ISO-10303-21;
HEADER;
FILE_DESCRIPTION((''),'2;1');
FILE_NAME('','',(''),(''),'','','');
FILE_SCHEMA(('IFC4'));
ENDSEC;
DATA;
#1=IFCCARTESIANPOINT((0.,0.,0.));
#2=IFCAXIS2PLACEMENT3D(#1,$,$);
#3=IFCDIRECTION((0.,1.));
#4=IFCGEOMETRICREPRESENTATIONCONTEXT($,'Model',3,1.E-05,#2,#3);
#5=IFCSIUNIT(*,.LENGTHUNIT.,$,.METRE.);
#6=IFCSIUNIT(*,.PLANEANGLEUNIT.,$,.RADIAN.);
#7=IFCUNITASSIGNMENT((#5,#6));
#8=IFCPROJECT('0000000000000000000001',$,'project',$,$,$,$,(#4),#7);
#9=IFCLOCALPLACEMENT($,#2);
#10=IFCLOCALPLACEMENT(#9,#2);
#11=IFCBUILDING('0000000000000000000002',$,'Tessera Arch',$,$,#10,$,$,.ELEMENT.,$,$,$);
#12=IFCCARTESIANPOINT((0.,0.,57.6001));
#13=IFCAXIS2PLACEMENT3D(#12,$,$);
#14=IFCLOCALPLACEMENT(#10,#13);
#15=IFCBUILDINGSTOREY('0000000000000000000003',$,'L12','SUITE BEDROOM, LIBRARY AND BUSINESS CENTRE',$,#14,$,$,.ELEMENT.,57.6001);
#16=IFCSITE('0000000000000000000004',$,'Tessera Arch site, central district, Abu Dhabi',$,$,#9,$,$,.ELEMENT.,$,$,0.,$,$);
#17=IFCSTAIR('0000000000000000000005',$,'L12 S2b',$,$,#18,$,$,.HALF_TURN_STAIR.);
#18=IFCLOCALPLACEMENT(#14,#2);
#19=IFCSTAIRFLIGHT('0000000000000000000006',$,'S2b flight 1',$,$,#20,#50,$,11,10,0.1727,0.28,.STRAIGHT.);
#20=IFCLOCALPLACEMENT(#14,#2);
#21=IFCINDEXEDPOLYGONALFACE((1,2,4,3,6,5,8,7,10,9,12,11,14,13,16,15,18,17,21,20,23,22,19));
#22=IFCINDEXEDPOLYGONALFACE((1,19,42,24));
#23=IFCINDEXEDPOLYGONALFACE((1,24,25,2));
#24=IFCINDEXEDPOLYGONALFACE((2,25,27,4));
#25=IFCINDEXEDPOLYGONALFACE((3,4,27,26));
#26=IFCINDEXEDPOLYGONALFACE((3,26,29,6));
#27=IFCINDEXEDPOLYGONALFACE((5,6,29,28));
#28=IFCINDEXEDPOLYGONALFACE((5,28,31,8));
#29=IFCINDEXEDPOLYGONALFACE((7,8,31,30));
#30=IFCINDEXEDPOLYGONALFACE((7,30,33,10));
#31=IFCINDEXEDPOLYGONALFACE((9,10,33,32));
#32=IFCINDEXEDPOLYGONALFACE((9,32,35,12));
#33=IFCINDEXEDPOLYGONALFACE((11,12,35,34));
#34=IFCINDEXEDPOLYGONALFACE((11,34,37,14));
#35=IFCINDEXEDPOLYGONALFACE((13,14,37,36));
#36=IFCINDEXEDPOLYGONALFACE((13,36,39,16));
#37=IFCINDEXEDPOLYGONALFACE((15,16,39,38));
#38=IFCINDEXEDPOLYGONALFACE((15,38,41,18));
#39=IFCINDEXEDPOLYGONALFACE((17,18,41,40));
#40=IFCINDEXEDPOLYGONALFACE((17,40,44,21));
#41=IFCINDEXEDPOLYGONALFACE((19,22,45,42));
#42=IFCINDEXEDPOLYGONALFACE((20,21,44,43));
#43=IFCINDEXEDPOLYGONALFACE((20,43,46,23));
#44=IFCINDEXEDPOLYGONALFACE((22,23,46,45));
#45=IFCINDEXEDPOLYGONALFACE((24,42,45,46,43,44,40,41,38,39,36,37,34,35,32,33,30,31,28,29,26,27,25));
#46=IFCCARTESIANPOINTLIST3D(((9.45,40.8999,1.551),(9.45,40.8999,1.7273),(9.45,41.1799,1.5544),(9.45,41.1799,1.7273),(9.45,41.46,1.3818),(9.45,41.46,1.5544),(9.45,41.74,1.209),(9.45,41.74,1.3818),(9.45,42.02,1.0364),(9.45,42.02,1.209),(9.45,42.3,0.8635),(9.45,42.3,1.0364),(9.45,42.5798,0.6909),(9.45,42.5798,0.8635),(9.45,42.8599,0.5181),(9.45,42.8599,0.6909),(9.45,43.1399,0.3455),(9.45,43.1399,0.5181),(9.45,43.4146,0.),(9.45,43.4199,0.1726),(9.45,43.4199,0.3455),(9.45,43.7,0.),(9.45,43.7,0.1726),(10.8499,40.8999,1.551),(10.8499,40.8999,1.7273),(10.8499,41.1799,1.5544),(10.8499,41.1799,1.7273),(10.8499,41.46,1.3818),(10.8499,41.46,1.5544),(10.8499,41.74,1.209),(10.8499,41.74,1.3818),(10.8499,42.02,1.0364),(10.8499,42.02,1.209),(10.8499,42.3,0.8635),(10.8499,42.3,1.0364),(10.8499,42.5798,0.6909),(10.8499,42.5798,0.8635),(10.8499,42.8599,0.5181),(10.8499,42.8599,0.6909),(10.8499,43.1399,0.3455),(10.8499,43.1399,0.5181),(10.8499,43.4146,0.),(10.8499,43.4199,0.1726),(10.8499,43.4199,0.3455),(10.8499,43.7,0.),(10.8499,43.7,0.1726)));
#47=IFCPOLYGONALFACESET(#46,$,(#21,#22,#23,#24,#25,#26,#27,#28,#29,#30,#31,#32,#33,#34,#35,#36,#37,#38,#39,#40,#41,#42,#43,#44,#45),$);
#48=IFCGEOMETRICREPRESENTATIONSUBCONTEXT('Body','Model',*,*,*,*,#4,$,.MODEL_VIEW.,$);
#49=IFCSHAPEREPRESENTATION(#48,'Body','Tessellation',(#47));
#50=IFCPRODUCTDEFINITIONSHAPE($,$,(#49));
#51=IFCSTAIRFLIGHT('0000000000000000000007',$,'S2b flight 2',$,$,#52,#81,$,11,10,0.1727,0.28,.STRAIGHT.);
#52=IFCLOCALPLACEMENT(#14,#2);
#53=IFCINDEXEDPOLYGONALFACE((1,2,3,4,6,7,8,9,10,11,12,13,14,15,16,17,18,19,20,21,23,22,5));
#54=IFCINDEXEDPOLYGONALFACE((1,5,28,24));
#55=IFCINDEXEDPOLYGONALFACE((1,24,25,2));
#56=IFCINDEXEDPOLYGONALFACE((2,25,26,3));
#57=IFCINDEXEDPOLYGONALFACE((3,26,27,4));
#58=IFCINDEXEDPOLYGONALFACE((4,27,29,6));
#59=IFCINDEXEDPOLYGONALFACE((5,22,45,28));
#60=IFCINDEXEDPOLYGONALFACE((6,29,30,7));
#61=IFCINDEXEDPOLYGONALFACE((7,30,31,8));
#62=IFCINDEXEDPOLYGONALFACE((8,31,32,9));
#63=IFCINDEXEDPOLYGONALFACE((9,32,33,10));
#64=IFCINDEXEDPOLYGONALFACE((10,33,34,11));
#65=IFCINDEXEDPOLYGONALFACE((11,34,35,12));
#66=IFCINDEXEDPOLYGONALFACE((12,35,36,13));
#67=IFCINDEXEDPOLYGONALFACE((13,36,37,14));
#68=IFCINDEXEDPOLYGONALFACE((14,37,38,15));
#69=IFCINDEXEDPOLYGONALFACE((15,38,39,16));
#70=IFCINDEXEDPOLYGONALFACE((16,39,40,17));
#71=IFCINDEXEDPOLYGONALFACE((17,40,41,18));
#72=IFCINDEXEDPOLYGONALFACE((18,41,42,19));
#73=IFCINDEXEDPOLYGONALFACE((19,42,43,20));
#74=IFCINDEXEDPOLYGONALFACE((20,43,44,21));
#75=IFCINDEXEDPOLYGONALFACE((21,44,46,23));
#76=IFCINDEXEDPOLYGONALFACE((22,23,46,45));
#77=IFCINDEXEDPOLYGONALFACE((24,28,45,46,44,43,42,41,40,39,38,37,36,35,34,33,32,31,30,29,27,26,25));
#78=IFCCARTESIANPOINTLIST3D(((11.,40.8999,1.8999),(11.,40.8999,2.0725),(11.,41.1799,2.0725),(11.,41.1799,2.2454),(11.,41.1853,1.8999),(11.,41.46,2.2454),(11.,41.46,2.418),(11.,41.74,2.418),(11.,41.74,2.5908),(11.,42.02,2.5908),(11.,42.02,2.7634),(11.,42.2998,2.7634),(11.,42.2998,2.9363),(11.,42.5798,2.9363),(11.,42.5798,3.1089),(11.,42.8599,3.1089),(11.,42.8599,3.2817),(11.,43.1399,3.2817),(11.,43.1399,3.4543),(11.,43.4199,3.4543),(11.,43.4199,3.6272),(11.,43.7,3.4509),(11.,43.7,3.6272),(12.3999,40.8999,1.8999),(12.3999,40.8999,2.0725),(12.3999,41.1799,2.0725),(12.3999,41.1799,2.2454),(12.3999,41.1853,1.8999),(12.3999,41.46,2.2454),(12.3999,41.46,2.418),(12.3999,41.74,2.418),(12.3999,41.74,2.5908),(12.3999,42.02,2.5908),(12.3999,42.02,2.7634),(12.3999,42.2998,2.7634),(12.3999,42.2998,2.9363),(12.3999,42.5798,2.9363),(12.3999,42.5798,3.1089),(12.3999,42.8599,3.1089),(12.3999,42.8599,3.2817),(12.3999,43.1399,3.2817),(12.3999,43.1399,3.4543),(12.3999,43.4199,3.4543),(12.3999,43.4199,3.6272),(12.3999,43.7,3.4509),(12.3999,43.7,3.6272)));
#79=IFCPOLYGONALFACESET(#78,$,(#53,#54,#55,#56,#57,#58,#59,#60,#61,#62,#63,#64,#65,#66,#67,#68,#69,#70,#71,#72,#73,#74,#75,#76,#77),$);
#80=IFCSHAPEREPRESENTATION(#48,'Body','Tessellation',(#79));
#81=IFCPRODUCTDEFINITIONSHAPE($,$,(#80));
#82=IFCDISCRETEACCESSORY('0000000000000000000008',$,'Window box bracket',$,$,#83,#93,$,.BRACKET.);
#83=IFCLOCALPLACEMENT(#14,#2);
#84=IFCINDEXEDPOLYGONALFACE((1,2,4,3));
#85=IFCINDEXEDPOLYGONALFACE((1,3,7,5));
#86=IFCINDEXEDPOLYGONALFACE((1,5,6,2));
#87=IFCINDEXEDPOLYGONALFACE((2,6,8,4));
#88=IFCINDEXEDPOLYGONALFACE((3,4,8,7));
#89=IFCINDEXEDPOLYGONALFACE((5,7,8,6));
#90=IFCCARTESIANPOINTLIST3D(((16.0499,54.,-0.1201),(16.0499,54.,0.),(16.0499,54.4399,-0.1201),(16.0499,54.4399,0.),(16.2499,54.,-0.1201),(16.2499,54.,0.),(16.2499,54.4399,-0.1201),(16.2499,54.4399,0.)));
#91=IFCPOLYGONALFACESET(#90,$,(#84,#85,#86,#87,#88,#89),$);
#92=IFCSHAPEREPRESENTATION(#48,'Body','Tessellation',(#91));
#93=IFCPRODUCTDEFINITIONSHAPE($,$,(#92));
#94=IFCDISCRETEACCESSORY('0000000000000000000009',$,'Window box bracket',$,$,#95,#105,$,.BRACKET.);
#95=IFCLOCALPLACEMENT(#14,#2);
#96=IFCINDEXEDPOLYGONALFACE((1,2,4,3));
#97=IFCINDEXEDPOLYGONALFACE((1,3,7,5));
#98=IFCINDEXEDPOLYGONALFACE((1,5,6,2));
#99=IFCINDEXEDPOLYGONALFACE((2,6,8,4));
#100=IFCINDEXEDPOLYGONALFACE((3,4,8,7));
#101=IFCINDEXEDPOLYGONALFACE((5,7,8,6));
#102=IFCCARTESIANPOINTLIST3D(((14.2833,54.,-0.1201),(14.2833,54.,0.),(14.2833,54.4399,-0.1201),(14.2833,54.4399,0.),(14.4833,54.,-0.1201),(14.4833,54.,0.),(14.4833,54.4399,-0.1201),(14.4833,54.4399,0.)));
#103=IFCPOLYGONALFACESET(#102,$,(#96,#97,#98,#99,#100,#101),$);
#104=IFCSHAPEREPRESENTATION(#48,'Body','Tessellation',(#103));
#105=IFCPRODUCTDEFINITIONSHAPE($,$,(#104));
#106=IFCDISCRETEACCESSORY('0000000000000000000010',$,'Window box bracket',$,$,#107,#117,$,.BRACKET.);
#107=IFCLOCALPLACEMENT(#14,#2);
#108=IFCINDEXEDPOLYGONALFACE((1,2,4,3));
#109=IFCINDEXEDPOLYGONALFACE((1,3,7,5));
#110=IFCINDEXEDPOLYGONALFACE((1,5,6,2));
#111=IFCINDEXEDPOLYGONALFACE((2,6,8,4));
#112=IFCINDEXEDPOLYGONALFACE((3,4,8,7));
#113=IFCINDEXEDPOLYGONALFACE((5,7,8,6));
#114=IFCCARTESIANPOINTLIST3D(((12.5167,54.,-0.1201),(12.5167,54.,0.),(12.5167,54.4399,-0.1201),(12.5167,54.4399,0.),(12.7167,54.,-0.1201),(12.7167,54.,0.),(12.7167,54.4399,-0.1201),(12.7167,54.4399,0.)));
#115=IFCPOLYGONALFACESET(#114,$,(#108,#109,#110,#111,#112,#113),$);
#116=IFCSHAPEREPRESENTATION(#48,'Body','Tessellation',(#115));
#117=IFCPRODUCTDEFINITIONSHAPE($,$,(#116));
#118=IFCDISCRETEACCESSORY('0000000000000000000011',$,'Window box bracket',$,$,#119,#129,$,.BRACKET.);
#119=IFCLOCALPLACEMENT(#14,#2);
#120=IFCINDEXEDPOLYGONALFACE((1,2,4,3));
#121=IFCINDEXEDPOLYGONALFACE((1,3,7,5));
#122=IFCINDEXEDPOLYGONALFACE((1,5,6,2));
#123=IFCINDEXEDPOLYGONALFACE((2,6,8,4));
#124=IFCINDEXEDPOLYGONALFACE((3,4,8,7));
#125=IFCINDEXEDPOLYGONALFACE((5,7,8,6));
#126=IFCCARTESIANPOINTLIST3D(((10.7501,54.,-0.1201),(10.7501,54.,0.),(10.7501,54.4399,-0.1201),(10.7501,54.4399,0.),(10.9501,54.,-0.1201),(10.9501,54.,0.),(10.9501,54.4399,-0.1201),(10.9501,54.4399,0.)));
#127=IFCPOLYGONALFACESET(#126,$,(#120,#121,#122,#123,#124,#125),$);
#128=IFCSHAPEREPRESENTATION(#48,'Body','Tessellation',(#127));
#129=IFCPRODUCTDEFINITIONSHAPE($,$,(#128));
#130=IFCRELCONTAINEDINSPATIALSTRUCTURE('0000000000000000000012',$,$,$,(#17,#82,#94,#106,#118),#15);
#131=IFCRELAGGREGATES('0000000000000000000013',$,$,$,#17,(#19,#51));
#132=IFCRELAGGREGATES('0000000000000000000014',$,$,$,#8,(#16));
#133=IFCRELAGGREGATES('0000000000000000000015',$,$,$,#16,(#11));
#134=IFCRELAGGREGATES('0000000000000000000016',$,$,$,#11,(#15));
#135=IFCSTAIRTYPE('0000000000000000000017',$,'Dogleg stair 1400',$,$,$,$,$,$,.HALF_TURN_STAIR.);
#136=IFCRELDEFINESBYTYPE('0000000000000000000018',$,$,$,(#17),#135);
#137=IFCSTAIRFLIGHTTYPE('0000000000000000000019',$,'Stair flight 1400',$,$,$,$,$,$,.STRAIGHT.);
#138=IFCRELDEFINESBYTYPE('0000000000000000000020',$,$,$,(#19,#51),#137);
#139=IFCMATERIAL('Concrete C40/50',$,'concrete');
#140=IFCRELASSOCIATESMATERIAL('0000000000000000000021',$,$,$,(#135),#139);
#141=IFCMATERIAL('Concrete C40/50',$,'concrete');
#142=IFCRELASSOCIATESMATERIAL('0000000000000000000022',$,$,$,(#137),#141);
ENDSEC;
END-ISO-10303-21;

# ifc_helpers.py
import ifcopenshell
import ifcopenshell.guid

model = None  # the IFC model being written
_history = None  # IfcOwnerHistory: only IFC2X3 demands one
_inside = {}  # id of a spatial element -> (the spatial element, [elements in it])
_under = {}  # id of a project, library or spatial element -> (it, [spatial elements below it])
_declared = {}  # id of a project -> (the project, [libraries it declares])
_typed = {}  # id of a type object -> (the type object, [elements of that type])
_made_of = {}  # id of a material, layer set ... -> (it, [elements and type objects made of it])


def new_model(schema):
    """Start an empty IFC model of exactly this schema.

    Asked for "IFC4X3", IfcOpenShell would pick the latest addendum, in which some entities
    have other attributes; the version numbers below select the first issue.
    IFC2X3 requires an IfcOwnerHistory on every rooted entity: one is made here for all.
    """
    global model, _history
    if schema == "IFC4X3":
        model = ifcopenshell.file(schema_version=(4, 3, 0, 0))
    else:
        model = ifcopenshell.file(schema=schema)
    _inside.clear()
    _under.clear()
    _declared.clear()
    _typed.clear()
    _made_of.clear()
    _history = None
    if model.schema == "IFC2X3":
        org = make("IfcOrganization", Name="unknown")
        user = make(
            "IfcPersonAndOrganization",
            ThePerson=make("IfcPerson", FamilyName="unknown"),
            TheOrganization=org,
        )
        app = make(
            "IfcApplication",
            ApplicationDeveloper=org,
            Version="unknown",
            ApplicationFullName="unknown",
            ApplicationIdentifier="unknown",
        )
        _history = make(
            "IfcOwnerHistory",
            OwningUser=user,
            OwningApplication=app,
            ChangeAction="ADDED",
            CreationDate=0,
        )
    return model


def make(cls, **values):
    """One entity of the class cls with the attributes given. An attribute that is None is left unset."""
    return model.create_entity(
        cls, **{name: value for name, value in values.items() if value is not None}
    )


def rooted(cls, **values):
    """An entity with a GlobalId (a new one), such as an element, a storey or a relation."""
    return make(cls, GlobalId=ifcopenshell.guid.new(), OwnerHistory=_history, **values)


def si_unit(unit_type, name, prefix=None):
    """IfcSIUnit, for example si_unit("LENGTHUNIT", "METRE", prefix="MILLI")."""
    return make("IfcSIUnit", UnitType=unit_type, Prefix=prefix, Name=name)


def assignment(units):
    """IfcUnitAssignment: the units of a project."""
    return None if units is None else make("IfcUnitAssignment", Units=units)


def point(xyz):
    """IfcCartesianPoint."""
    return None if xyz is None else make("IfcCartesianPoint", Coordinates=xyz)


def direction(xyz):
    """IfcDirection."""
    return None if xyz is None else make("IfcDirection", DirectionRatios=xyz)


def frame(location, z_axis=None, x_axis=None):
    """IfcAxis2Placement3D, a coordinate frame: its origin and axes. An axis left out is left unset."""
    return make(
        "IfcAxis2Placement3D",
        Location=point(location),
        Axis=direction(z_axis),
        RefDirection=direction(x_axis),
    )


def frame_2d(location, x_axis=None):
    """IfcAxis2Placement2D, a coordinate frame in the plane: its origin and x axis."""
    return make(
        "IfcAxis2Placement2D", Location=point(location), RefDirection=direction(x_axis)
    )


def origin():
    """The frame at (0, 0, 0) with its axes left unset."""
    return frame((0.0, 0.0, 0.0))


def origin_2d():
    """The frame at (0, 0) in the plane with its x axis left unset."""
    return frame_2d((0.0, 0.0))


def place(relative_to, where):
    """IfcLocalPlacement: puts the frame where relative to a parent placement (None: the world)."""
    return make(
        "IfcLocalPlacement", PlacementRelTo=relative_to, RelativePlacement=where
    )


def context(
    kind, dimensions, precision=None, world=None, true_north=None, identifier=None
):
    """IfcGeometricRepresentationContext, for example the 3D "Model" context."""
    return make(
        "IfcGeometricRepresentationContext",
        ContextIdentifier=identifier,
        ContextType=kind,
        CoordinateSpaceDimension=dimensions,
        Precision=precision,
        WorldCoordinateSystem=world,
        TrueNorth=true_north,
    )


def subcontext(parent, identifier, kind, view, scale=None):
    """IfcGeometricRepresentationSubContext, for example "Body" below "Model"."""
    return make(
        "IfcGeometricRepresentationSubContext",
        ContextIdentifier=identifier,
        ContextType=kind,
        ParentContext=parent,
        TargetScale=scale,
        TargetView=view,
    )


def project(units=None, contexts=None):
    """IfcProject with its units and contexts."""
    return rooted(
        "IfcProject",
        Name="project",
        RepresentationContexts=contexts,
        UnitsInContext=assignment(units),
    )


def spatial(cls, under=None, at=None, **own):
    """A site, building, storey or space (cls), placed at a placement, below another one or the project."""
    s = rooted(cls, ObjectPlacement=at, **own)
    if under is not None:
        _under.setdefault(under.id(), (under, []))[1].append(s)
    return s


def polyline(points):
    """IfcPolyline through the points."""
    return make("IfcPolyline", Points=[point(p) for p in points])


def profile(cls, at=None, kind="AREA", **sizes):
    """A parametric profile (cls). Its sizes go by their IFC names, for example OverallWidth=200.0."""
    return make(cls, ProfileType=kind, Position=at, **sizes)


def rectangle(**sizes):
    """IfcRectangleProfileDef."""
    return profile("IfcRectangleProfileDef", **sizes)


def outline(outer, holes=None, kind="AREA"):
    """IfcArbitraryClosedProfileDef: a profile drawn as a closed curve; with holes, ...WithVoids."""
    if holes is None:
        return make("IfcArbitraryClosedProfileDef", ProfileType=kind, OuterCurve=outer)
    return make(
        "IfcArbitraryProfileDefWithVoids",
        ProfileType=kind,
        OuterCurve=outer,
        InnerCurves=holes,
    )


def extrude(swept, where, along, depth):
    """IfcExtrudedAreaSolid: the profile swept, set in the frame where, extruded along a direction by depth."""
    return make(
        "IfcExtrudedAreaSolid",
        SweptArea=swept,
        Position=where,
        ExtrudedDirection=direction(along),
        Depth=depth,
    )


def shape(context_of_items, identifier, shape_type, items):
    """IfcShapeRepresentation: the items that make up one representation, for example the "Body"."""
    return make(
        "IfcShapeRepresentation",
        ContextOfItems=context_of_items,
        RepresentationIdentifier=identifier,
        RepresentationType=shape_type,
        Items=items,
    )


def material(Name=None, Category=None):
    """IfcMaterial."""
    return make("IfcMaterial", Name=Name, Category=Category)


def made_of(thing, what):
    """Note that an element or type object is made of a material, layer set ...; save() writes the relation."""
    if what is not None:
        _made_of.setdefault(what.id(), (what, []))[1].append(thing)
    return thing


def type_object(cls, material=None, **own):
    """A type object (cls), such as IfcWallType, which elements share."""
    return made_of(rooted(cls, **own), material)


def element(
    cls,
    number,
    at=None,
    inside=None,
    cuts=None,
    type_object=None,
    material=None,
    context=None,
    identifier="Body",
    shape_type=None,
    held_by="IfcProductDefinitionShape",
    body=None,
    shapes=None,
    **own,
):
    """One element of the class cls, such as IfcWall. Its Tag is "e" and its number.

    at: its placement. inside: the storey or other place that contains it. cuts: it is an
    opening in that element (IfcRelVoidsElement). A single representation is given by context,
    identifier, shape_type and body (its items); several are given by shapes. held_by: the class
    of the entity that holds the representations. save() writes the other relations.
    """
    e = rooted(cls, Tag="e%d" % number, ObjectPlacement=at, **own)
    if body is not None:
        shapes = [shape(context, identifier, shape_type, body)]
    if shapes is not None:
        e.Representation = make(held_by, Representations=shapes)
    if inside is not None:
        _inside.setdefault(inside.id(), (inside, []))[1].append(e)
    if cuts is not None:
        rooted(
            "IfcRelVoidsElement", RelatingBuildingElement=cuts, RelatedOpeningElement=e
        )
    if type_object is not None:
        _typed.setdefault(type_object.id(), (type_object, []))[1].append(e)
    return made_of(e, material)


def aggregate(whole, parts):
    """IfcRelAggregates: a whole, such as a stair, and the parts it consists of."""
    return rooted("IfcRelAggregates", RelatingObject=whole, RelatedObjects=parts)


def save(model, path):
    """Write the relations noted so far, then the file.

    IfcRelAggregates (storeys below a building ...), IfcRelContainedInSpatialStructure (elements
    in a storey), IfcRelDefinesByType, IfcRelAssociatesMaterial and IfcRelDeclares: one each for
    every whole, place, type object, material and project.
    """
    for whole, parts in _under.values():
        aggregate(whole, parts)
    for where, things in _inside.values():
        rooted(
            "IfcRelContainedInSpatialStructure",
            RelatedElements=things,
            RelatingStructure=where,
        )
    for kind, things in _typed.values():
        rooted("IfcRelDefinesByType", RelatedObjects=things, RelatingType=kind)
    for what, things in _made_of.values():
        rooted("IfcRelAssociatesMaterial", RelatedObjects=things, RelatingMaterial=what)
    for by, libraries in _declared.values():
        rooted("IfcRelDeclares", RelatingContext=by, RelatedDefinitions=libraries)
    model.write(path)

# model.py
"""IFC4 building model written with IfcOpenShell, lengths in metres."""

from ifc_helpers import new_model, si_unit, direction, frame, origin, origin_2d, place, context, subcontext, project, spatial, polyline, rectangle, outline, extrude, material, type_object, element, aggregate, save


model = new_model("IFC4")

# Units and contexts
model_context = context("Model", 3, precision=1e-05, world=origin(), true_north=direction((0.0, 1.0)))
body_context = subcontext(model_context, "Body", "Model", "MODEL_VIEW")
ifc_project = project(units=[si_unit("LENGTHUNIT", "METRE"), si_unit("PLANEANGLEUNIT", "RADIAN")], contexts=[model_context])

# Site, building, storey
site_placement = place(None, origin())
site = spatial("IfcSite", under=ifc_project, at=site_placement, Name="Tessera Arch site, central district, Abu Dhabi", CompositionType="ELEMENT", RefElevation=0.0)
building_placement = place(site_placement, origin())
building = spatial("IfcBuilding", under=site, at=building_placement, Name="Tessera Arch", CompositionType="ELEMENT")
storey_placement = place(building_placement, frame((0.0, 0.0, 57.6001)))
storey = spatial("IfcBuildingStorey", under=building, at=storey_placement, Name="L12", Description="SUITE BEDROOM, LIBRARY AND BUSINESS CENTRE", CompositionType="ELEMENT", Elevation=57.6001)

# Stair, stair flights
ifc_material_1 = material(Name="Concrete C40/50", Category="concrete")
stair_type = type_object("IfcStairType", Name="Dogleg stair 1400", PredefinedType="HALF_TURN_STAIR", material=ifc_material_1)
stair_placement = place(storey_placement, origin())
stair = element("IfcStair", 1, at=stair_placement, inside=storey, type_object=stair_type, Name="L12 S2b", PredefinedType="HALF_TURN_STAIR")
ifc_material_2 = material(Name="Concrete C40/50", Category="concrete")
stair_flight_type = type_object("IfcStairFlightType", Name="Stair flight 1400", PredefinedType="STRAIGHT", material=ifc_material_2)
stair_flight_1_placement = place(storey_placement, frame((10.1499, 43.7, 0.0), z_axis=(0.0, 0.0, 1.0), x_axis=(0.0, -1.0, 0.0)))
stair_flight_1 = element("IfcStairFlight", 2, at=stair_flight_1_placement, type_object=stair_flight_type, Name="S2b flight 1", NumberOfRisers=11, NumberOfTreads=10, PredefinedType="STRAIGHT", RiserHeight=0.1727, TreadLength=0.28, context=body_context, shape_type="SweptSolid", body=[
    extrude(outline(polyline([(0.0, 0.0), (0.0, 0.1726), (0.28, 0.1726), (0.28, 0.3455), (0.5601, 0.3455), (0.5601, 0.5181), (0.8401, 0.5181), (0.8401, 0.6909), (1.1201, 0.6909), (1.1201, 0.8635), (1.3999, 0.8635), (1.3999, 1.0364), (1.6799, 1.0364), (1.6799, 1.209), (1.96, 1.209), (1.96, 1.3818), (2.24, 1.3818), (2.24, 1.5544), (2.52, 1.5544), (2.52, 1.7273), (2.8, 1.7273), (2.8, 1.8999), (2.8, 1.551), (0.2854, 0.0), (0.0, 0.0)])), frame((0.0, 0.7, 0.0), z_axis=(0.0, -1.0, 0.0), x_axis=(1.0, 0.0, 0.0)), (0.0, 0.0, 1.0), 1.3999),
])
stair_flight_2_placement = place(storey_placement, frame((11.7, 40.8999, 1.8999), z_axis=(0.0, 0.0, 1.0), x_axis=(0.0, 1.0, 0.0)))
stair_flight_2 = element("IfcStairFlight", 3, at=stair_flight_2_placement, type_object=stair_flight_type, Name="S2b flight 2", NumberOfRisers=11, NumberOfTreads=10, PredefinedType="STRAIGHT", RiserHeight=0.1727, TreadLength=0.28, context=body_context, shape_type="SweptSolid", body=[
    extrude(outline(polyline([(0.0, 0.0), (0.0, 0.1726), (0.28, 0.1726), (0.28, 0.3455), (0.5601, 0.3455), (0.5601, 0.5181), (0.8401, 0.5181), (0.8401, 0.6909), (1.1201, 0.6909), (1.1201, 0.8635), (1.3999, 0.8635), (1.3999, 1.0364), (1.6799, 1.0364), (1.6799, 1.209), (1.96, 1.209), (1.96, 1.3818), (2.24, 1.3818), (2.24, 1.5544), (2.52, 1.5544), (2.52, 1.7273), (2.8, 1.7273), (2.8, 1.8999), (2.8, 1.551), (0.2854, 0.0), (0.0, 0.0)])), frame((0.0, 0.7, 0.0), z_axis=(0.0, -1.0, 0.0), x_axis=(1.0, 0.0, 0.0)), (0.0, 0.0, 1.0), 1.3999),
])
aggregate(stair, [stair_flight_1, stair_flight_2])

# Discrete accessories
for number, where, z_axis, x_axis, name in (
    (4, (16.1499, 54.22, -0.1201), (0.0, 0.0, 1.0), (0.0, 1.0, 0.0), "Window box bracket"),
    (5, (14.3833, 54.22, -0.1201), (0.0, 0.0, 1.0), (0.0, 1.0, 0.0), "Window box bracket"),
    (6, (12.6167, 54.22, -0.1201), (0.0, 0.0, 1.0), (0.0, 1.0, 0.0), "Window box bracket"),
    (7, (10.8501, 54.22, -0.1201), (0.0, 0.0, 1.0), (0.0, 1.0, 0.0), "Window box bracket"),
):
    element("IfcDiscreteAccessory", number, at=place(storey_placement, frame(where, z_axis=z_axis, x_axis=x_axis)), inside=storey, Name=name, PredefinedType="BRACKET", context=body_context, shape_type="SweptSolid", body=[
        extrude(rectangle(XDim=0.4399, YDim=0.2, at=origin_2d()), origin(), (0.0, 0.0, 1.0), 0.1201),
    ])

save(model, "model.ifc")
